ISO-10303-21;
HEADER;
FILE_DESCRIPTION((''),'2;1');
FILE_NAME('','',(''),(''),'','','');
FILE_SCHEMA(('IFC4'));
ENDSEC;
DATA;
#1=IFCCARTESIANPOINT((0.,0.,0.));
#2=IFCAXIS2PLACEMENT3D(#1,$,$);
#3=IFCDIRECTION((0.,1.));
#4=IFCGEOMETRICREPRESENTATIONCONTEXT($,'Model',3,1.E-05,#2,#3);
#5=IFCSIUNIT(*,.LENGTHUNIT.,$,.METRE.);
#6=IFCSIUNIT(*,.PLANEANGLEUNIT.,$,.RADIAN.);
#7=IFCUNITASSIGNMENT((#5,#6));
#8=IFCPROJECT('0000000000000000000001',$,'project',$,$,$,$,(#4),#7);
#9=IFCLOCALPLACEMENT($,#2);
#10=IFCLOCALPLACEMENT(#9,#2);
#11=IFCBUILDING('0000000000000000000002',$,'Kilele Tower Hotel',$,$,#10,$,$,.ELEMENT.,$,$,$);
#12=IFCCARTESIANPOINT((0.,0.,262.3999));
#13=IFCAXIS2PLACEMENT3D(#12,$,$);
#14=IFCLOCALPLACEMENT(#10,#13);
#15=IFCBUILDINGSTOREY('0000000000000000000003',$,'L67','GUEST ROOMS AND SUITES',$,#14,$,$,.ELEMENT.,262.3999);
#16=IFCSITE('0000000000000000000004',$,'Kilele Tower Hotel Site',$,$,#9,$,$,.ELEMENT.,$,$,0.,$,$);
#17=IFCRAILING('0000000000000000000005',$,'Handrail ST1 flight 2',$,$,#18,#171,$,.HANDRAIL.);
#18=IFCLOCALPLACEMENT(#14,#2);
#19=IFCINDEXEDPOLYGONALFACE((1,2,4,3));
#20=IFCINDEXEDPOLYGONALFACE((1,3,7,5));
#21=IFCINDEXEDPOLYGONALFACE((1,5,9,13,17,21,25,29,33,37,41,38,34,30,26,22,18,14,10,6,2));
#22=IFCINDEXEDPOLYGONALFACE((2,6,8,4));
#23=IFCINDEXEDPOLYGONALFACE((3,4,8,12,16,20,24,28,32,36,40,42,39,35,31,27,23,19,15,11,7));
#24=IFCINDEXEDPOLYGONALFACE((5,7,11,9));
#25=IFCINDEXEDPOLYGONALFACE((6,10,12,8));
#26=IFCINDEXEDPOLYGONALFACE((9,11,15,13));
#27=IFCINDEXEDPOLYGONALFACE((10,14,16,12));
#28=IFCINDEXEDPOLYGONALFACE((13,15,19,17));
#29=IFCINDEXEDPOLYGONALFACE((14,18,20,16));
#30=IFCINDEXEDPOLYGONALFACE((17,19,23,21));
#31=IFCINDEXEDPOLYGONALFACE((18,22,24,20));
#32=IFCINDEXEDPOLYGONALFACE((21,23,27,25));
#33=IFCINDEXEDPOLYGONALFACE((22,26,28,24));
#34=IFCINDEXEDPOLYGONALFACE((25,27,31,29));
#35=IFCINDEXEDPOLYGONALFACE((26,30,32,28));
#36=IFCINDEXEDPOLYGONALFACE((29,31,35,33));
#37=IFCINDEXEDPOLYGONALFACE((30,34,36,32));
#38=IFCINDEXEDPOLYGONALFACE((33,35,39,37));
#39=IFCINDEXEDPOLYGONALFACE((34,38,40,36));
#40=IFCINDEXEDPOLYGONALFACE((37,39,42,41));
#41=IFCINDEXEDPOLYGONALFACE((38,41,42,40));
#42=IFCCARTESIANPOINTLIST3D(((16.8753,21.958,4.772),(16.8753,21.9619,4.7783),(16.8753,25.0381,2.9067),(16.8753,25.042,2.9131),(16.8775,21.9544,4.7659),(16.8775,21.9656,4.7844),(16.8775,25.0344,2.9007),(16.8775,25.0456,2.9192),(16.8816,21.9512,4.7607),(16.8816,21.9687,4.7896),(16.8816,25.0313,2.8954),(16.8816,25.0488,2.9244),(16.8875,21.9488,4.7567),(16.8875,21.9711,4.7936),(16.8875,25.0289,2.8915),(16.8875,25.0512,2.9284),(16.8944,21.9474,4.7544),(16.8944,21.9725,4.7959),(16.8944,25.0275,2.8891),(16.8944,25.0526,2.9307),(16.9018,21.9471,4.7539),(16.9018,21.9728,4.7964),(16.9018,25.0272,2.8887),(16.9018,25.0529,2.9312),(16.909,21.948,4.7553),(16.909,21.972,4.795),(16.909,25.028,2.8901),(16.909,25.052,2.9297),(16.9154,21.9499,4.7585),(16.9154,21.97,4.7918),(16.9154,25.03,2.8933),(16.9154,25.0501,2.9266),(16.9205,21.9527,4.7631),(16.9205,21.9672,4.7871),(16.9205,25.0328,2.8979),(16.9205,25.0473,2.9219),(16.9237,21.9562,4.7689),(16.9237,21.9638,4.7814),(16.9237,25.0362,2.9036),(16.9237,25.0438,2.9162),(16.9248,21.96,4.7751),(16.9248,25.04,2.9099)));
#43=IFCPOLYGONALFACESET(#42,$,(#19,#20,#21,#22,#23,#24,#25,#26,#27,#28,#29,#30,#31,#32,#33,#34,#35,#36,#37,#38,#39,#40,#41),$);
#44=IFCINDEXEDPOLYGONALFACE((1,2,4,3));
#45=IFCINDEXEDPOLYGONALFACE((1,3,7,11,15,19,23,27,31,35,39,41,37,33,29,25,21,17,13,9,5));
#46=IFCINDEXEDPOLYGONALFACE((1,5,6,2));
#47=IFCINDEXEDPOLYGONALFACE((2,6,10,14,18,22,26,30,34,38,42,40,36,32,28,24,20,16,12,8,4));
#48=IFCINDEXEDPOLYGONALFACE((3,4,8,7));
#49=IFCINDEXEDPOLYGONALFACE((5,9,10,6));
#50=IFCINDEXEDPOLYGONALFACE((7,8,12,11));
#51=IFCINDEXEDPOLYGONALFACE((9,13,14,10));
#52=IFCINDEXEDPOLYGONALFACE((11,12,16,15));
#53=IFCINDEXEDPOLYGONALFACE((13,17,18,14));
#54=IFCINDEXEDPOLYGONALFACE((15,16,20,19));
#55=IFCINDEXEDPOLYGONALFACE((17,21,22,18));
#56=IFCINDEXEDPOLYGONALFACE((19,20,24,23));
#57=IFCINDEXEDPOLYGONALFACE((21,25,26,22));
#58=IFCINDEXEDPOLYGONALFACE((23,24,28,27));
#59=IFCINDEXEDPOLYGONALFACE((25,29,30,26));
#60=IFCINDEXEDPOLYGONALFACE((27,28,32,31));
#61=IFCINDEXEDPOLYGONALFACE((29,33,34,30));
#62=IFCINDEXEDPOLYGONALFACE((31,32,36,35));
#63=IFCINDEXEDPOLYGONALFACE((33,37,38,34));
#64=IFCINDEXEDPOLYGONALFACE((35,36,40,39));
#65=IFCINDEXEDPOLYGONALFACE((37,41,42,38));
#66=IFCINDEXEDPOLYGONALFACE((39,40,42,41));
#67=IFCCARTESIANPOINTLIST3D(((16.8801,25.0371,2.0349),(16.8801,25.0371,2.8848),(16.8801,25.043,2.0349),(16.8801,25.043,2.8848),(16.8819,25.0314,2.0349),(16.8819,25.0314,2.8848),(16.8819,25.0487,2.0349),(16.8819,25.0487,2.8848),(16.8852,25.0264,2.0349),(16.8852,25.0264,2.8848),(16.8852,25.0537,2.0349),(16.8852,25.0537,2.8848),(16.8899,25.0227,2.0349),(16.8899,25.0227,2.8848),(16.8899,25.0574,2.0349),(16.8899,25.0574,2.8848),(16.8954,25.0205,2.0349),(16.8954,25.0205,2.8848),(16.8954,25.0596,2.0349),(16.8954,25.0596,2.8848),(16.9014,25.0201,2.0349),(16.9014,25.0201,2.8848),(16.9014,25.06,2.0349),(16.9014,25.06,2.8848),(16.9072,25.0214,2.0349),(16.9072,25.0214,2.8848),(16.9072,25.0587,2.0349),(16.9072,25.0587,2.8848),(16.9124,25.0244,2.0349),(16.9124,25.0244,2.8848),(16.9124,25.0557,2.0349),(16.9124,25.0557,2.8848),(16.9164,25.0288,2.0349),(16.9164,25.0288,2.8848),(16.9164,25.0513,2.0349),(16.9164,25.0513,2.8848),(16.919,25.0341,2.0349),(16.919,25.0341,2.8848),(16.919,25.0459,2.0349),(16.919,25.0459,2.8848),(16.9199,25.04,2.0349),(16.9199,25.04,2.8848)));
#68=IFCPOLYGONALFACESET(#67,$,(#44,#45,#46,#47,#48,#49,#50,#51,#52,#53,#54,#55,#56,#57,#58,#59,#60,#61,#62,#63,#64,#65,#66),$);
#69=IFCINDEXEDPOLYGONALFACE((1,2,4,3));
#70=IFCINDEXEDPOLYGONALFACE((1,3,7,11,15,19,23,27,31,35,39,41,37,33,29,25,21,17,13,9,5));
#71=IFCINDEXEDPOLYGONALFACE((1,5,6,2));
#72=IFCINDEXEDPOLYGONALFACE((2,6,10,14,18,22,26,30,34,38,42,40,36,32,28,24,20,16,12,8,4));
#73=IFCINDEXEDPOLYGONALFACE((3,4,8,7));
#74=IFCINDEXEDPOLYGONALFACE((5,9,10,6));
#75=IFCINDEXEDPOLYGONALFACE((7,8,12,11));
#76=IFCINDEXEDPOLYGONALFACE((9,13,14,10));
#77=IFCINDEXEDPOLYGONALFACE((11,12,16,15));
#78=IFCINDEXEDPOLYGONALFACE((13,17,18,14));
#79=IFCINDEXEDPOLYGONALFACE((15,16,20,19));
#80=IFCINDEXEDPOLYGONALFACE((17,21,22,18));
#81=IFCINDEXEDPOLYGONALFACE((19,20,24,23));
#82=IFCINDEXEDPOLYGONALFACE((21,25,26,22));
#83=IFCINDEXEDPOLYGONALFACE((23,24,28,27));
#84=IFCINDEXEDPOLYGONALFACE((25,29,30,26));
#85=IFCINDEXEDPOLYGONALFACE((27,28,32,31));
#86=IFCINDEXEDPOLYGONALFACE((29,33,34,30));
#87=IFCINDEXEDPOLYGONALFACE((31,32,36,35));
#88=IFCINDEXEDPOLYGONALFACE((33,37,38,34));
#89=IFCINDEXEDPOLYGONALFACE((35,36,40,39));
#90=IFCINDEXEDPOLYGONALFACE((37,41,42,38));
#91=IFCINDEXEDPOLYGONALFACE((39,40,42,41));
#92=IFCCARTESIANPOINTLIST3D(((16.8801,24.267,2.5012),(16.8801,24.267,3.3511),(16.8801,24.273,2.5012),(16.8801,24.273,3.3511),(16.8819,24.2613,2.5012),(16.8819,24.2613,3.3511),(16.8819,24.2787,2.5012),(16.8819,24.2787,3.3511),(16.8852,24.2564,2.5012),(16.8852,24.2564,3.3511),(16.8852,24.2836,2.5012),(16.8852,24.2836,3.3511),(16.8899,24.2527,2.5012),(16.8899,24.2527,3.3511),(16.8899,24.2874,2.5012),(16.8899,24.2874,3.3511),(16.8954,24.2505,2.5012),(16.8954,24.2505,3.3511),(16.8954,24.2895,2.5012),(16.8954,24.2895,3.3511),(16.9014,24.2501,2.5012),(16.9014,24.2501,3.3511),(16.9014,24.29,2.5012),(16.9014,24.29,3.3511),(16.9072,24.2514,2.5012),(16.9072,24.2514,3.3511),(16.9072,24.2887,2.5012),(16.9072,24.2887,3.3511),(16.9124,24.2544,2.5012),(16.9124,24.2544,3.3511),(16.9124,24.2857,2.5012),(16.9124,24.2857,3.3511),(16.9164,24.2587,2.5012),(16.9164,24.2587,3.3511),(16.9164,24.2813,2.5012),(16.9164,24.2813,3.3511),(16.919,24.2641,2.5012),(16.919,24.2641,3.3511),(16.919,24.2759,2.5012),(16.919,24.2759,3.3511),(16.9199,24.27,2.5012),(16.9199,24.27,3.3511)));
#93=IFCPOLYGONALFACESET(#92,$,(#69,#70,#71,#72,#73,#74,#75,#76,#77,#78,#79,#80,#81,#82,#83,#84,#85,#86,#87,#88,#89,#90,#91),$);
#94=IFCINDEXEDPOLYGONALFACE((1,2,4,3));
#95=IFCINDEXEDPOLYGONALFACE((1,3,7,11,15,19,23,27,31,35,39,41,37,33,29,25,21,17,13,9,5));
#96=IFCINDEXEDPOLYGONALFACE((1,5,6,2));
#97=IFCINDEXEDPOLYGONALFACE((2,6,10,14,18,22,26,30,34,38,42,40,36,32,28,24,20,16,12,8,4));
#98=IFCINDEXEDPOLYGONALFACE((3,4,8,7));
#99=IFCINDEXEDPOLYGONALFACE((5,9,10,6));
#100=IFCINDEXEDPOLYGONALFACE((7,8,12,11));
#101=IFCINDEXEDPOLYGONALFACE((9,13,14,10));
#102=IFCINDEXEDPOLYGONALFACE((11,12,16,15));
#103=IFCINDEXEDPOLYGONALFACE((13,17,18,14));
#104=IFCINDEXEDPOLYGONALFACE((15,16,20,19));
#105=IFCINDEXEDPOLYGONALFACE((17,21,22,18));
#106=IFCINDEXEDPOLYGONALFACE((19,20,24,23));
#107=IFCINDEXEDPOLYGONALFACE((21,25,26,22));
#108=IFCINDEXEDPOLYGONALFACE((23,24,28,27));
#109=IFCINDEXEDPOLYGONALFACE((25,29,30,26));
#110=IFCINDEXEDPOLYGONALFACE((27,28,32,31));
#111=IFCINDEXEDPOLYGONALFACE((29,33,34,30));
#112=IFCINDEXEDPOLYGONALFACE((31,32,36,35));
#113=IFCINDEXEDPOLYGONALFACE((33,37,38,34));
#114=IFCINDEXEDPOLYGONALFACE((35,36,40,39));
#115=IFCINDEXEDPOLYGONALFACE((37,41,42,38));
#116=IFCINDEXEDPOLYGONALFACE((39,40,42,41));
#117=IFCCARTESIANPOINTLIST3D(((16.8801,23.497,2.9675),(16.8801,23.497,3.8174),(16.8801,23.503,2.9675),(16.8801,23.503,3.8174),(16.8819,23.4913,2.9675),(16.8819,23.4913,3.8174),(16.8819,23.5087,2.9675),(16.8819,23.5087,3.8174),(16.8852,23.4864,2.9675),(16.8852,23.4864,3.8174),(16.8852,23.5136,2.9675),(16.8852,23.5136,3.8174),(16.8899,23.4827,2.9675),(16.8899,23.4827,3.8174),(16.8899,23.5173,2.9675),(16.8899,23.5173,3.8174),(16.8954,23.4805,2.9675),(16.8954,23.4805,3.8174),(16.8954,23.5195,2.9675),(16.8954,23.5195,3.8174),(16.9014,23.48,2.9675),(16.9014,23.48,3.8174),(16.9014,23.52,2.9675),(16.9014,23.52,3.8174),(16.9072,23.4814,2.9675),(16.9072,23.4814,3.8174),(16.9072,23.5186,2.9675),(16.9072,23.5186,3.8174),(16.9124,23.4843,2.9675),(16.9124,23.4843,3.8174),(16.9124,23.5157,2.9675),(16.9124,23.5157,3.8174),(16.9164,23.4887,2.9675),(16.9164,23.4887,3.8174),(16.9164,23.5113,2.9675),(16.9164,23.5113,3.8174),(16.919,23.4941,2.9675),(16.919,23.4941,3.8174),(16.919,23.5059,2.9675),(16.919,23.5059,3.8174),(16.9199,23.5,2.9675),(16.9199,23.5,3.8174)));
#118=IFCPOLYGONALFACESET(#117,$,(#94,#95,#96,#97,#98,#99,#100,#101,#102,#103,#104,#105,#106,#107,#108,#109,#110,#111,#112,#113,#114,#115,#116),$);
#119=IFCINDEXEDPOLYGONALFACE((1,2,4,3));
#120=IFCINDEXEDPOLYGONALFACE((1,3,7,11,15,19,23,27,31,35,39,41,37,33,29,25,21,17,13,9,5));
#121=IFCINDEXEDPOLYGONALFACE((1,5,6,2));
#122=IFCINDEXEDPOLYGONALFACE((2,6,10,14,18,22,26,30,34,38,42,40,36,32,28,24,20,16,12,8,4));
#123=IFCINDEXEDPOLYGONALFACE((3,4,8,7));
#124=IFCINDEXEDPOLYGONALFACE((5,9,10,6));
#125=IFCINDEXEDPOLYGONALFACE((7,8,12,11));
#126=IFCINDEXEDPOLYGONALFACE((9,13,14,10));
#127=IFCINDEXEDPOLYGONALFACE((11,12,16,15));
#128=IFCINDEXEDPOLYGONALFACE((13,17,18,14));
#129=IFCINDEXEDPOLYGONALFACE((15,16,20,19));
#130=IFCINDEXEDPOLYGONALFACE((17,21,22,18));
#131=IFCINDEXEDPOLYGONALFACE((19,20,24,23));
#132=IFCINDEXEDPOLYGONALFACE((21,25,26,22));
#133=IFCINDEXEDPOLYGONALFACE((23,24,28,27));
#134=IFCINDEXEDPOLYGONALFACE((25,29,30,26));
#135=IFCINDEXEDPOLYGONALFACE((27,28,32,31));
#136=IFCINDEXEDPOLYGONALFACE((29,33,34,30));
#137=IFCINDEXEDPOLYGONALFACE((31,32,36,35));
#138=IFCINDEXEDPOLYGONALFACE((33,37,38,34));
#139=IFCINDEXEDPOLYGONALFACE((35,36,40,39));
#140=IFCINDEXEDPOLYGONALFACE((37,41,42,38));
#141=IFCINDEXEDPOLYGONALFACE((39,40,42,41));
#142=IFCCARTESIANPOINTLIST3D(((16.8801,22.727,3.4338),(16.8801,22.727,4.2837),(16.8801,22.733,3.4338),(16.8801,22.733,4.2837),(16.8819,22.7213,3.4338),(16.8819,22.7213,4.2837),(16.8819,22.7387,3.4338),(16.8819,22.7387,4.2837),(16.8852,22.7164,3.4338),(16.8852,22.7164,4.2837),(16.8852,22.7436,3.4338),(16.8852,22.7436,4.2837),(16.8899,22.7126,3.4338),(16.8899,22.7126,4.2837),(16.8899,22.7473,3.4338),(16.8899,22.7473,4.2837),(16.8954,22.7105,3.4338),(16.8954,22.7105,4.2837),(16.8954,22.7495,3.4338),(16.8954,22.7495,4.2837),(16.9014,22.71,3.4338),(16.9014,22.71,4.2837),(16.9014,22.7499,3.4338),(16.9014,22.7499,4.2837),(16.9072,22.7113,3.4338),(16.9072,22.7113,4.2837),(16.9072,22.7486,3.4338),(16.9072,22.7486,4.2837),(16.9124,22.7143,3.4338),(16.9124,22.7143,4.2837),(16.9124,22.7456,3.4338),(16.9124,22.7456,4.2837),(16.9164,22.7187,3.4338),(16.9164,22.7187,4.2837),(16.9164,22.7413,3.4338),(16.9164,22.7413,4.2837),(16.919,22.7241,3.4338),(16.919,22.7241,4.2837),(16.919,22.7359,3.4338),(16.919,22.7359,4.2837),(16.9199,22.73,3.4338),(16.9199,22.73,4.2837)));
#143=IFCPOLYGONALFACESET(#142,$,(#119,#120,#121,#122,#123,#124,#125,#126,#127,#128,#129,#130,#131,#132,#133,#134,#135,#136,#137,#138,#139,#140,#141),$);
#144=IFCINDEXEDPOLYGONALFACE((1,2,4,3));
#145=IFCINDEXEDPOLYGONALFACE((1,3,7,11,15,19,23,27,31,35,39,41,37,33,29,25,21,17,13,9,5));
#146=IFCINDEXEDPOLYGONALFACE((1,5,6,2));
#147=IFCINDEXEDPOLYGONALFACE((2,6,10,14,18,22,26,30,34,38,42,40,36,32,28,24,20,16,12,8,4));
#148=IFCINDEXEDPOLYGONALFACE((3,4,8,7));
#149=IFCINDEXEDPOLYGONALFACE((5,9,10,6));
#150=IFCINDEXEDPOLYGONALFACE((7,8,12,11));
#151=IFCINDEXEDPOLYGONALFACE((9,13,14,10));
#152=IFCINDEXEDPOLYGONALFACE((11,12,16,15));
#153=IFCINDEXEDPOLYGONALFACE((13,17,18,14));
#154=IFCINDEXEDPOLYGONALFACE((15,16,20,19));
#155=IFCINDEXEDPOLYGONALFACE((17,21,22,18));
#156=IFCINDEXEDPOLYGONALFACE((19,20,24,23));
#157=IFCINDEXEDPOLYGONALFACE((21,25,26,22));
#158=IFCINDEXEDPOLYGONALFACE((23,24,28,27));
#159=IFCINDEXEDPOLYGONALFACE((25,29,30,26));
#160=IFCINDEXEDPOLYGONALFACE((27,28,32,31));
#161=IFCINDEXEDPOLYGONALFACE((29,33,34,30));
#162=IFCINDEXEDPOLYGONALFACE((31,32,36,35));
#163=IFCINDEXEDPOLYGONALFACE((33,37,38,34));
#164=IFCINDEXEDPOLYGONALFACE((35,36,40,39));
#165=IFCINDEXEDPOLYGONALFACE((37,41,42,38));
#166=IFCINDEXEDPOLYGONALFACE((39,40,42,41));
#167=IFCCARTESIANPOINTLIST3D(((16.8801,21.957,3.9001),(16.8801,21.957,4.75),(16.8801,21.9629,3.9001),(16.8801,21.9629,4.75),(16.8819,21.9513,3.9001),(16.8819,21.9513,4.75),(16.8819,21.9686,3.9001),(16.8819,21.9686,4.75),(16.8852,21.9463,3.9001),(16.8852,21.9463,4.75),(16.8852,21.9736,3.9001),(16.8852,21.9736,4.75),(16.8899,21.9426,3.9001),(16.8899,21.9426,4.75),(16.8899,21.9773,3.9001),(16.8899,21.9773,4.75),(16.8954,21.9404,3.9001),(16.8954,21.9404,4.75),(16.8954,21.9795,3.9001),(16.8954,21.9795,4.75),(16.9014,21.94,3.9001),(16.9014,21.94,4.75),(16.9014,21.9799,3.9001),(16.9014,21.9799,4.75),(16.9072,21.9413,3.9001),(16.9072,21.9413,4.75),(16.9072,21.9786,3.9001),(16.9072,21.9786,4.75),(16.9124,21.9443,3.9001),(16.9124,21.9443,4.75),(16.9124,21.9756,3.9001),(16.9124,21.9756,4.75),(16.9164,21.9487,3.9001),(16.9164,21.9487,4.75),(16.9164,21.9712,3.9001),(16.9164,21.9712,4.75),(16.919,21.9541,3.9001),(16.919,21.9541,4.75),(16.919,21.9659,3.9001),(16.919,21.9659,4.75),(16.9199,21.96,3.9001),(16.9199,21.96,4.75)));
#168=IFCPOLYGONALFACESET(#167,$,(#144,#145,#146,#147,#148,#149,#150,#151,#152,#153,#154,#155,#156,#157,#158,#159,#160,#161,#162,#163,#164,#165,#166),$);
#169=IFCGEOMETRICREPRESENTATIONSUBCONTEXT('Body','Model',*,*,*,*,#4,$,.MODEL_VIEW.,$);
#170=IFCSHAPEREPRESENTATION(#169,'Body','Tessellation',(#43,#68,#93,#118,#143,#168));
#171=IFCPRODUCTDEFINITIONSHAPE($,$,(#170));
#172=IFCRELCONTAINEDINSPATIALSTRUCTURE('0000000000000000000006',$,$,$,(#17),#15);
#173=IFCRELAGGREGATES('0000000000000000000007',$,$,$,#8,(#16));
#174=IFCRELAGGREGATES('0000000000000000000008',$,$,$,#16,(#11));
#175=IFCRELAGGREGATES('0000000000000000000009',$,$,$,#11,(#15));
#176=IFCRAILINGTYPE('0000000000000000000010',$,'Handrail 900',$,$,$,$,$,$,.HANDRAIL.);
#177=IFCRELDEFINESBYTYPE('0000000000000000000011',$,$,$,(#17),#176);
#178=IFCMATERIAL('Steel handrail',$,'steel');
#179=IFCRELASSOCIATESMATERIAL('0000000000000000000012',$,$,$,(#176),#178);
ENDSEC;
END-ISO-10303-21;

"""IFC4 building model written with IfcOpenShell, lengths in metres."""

from ifc_helpers import new_model, si_unit, direction, frame, origin, origin_2d, place, context, subcontext, project, spatial, circle, extrude, material, type_object, element, save


model = new_model("IFC4")

# Units and contexts
model_context = context("Model", 3, precision=1e-05, world=origin(), true_north=direction((0.0, 1.0)))
body_context = subcontext(model_context, "Body", "Model", "MODEL_VIEW")
ifc_project = project(units=[si_unit("LENGTHUNIT", "METRE"), si_unit("PLANEANGLEUNIT", "RADIAN")], contexts=[model_context])

# Site, building, storey
site_placement = place(None, origin())
site = spatial("IfcSite", under=ifc_project, at=site_placement, Name="Kilele Tower Hotel Site", CompositionType="ELEMENT", RefElevation=0.0)
building_placement = place(site_placement, origin())
building = spatial("IfcBuilding", under=site, at=building_placement, Name="Kilele Tower Hotel", CompositionType="ELEMENT")
storey_placement = place(building_placement, frame((0.0, 0.0, 262.3999)))
storey = spatial("IfcBuildingStorey", under=building, at=storey_placement, Name="L67", Description="GUEST ROOMS AND SUITES", CompositionType="ELEMENT", Elevation=262.3999)

# Railing
ifc_material_1 = material(Name="Steel handrail", Category="steel")
railing_type_1 = type_object("IfcRailingType", Name="Handrail 900", PredefinedType="HANDRAIL", material=ifc_material_1)
for number, where, name in (
    (1, (16.8999, 25.04, 2.0349), "Handrail ST1 flight 2"),
):
    element("IfcRailing", number, at=place(storey_placement, frame(where)), inside=storey, type_object=railing_type_1, Name=name, PredefinedType="HANDRAIL", context=body_context, shape_type="SweptSolid", body=[
        extrude(circle(Radius=0.0249, at=origin_2d()), frame((0.0, 0.0, 0.875), z_axis=(0.0, -0.85538, 0.518001), x_axis=(1.0, 0.0, 0.0)), (0.0, 0.0, 1.0), 3.6008),
        extrude(circle(Radius=0.02, at=origin_2d()), origin(), (0.0, 0.0, 1.0), 0.8499),
        extrude(circle(Radius=0.02, at=origin_2d()), frame((0.0, -0.77, 0.4663)), (0.0, 0.0, 1.0), 0.8499),
        extrude(circle(Radius=0.02, at=origin_2d()), frame((0.0, -1.54, 0.9326)), (0.0, 0.0, 1.0), 0.8499),
        extrude(circle(Radius=0.02, at=origin_2d()), frame((0.0, -2.3101, 1.3989)), (0.0, 0.0, 1.0), 0.8499),
        extrude(circle(Radius=0.02, at=origin_2d()), frame((0.0, -3.0801, 1.8652)), (0.0, 0.0, 1.0), 0.8499),
    ])

save(model, "model.ifc")
